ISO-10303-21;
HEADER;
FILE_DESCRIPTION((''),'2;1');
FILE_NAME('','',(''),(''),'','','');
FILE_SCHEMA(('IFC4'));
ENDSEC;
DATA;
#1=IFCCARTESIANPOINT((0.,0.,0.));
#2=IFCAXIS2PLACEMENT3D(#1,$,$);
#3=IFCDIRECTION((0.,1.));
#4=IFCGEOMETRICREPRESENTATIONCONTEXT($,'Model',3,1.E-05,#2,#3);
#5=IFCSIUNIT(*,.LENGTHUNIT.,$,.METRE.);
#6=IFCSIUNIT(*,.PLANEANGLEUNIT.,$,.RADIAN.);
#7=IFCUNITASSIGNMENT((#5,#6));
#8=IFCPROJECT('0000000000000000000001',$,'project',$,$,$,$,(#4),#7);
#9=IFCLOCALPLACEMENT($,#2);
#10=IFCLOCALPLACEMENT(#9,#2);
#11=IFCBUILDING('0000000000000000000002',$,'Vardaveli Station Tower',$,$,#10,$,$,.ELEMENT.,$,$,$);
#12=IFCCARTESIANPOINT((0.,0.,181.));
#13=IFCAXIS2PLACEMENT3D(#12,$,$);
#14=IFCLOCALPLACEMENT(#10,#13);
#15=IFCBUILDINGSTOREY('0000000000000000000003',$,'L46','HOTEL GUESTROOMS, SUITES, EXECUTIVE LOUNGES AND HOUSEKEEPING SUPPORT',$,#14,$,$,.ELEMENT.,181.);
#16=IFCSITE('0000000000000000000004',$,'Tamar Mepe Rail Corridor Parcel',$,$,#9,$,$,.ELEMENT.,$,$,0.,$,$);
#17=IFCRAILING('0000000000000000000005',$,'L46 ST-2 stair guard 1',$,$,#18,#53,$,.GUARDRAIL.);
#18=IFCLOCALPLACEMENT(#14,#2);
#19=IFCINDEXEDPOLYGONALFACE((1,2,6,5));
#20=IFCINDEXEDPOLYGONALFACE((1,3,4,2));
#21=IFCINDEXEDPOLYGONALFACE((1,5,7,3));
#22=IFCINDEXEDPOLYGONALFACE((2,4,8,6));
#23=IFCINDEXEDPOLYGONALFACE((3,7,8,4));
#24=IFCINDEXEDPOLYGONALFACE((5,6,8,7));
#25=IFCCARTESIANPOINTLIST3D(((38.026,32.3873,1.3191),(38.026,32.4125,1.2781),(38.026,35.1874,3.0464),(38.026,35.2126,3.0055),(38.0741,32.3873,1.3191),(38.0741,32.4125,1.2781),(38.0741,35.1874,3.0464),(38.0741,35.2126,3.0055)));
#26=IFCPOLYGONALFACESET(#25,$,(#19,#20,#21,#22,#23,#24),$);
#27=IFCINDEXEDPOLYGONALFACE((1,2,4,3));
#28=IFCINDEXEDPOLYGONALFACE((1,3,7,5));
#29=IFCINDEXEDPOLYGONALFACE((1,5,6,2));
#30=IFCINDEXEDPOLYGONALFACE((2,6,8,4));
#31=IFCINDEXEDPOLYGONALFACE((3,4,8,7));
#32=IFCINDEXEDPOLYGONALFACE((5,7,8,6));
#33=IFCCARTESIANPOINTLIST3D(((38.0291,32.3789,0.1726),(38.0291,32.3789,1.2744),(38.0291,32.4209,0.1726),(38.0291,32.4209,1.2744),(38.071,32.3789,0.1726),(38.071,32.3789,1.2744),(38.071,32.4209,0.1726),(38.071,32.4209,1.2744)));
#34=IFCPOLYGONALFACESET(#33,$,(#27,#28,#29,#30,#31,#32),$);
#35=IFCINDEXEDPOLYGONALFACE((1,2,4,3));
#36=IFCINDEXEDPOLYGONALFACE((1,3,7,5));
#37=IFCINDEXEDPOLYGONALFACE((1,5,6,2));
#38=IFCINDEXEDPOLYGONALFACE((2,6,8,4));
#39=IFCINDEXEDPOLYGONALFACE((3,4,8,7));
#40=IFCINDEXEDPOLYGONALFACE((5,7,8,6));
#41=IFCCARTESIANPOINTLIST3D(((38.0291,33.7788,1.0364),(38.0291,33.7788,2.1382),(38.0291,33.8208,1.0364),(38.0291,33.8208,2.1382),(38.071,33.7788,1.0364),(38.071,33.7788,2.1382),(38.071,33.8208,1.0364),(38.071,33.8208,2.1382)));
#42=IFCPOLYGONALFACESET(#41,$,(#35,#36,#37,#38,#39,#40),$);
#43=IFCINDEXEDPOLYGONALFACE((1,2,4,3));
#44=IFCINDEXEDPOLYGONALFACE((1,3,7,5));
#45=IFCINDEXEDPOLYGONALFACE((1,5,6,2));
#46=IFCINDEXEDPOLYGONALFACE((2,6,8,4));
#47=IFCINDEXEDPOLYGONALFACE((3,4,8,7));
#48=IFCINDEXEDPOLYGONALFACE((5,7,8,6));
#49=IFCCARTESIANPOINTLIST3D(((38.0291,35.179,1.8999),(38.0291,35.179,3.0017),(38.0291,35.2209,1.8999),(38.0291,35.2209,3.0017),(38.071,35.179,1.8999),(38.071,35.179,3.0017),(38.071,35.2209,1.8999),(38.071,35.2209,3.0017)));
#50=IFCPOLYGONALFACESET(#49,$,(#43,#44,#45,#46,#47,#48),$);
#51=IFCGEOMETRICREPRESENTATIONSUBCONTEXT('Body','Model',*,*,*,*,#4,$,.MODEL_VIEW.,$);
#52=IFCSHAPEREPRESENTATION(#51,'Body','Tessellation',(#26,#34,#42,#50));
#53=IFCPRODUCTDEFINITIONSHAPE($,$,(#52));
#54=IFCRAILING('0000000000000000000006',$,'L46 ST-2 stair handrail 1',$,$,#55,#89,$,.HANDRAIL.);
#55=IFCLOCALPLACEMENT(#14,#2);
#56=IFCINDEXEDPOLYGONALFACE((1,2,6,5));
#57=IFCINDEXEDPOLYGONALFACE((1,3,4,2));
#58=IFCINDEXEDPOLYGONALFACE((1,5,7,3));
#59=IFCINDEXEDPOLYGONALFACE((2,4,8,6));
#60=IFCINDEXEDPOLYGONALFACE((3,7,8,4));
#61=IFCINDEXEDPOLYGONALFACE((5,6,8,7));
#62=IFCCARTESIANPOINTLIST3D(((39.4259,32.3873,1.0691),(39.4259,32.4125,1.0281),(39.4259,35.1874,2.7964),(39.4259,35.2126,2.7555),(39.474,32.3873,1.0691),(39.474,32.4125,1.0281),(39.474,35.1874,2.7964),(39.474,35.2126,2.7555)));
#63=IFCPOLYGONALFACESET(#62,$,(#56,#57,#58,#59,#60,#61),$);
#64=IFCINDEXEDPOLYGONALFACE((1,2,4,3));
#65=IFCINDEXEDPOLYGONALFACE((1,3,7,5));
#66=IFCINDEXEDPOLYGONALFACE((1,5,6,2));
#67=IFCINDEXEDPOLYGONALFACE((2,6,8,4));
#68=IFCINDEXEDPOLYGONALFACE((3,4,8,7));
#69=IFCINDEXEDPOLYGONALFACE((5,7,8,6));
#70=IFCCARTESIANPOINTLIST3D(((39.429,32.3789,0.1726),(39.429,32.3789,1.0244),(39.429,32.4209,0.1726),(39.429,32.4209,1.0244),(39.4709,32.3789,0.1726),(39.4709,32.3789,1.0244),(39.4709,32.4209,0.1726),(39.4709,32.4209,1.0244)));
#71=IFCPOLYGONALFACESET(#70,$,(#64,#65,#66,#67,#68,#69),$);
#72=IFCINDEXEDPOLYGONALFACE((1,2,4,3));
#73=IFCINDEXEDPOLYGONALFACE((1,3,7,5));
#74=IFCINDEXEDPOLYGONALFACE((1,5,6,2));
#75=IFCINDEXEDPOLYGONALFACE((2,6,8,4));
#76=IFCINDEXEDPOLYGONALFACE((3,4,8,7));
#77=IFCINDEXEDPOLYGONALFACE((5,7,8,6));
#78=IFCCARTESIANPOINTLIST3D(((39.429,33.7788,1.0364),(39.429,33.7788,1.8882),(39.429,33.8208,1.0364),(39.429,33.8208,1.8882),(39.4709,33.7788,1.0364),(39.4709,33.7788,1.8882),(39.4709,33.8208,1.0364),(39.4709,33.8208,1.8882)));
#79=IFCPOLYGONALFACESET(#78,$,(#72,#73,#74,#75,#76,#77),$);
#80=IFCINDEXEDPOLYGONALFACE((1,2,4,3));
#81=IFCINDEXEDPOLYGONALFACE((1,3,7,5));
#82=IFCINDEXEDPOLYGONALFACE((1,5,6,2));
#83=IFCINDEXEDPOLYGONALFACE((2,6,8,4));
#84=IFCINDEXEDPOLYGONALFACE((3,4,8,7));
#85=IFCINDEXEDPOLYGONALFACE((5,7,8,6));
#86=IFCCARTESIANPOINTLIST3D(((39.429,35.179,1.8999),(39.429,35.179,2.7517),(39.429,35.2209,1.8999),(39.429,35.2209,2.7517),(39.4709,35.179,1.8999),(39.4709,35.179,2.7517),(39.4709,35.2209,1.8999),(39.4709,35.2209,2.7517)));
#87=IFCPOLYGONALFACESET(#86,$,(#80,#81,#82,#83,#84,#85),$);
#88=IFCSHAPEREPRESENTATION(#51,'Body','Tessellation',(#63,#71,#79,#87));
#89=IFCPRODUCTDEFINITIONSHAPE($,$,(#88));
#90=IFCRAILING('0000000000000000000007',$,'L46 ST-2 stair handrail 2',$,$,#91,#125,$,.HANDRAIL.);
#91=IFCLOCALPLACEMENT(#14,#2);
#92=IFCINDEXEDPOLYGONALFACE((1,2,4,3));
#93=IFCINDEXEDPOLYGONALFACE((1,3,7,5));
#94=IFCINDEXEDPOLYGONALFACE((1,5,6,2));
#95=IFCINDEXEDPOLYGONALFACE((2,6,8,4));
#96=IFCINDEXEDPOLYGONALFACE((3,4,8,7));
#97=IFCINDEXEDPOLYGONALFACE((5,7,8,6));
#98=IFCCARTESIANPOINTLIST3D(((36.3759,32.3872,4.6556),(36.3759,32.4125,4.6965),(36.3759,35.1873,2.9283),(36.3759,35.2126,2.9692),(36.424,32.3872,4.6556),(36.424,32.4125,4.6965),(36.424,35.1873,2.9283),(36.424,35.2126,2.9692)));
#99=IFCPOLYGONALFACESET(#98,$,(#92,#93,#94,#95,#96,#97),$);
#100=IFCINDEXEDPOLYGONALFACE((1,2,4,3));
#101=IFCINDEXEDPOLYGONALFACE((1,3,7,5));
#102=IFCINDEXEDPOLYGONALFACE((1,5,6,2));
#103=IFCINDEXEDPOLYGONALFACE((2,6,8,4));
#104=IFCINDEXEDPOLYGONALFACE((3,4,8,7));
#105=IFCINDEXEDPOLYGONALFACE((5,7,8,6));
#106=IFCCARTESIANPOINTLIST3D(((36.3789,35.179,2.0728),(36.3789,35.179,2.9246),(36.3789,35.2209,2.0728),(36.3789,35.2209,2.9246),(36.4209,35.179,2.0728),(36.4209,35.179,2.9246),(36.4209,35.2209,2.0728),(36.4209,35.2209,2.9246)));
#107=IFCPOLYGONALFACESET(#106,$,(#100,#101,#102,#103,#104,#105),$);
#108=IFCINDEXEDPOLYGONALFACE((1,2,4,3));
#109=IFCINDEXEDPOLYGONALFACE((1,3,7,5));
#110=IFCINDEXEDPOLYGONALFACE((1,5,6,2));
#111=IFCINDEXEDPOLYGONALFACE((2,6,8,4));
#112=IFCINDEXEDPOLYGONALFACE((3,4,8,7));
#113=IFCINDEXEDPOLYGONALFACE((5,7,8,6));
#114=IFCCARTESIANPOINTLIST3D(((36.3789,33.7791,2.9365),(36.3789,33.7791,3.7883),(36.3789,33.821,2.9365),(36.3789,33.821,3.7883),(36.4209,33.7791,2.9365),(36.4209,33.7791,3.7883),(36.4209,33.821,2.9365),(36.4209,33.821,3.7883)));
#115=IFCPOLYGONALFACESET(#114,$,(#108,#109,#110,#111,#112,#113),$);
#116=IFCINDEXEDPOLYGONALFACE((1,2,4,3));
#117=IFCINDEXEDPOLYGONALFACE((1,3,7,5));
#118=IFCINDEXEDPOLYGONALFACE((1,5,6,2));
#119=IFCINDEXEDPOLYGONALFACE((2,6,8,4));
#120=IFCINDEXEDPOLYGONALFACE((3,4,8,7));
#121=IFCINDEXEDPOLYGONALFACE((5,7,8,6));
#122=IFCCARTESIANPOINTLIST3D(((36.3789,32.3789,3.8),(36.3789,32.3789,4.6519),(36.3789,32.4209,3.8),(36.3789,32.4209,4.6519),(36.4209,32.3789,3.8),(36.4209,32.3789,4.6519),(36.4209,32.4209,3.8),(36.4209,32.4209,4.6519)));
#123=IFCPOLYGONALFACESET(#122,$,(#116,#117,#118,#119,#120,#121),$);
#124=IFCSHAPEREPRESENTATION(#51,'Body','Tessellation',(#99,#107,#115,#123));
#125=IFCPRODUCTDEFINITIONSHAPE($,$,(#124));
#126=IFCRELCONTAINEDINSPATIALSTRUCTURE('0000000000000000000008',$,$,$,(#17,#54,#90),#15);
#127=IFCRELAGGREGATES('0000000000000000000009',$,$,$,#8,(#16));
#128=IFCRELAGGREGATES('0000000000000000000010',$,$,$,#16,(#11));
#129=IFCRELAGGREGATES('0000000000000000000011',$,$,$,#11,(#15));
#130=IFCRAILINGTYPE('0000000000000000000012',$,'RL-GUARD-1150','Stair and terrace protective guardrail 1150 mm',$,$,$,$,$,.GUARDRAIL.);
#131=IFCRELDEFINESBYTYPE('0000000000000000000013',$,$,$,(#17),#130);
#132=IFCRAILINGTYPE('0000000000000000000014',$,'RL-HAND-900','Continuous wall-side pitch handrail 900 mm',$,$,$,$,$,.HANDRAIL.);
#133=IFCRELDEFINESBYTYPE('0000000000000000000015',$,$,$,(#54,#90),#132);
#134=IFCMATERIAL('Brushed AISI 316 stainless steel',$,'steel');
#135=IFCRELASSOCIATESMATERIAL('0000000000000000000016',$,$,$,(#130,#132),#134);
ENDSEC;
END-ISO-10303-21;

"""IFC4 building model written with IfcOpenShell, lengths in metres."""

from ifc_helpers import new_model, si_unit, direction, frame, origin, origin_2d, place, context, subcontext, project, spatial, rectangle, extrude, source, transform, mapped, material, type_object, element, save


model = new_model("IFC4")

# Units and contexts
model_context = context("Model", 3, precision=1e-05, world=origin(), true_north=direction((0.0, 1.0)))
body_context = subcontext(model_context, "Body", "Model", "MODEL_VIEW")
ifc_project = project(units=[si_unit("LENGTHUNIT", "METRE"), si_unit("PLANEANGLEUNIT", "RADIAN")], contexts=[model_context])

# Site, building, storey
site_placement = place(None, origin())
site = spatial("IfcSite", under=ifc_project, at=site_placement, Name="Tamar Mepe Rail Corridor Parcel", CompositionType="ELEMENT", RefElevation=0.0)
building_placement = place(site_placement, origin())
building = spatial("IfcBuilding", under=site, at=building_placement, Name="Vardaveli Station Tower", CompositionType="ELEMENT")
storey_placement = place(building_placement, frame((0.0, 0.0, 181.0)))
storey = spatial("IfcBuildingStorey", under=building, at=storey_placement, Name="L46", Description="HOTEL GUESTROOMS, SUITES, EXECUTIVE LOUNGES AND HOUSEKEEPING SUPPORT", CompositionType="ELEMENT", Elevation=181.0)

# Railings
ifc_material_1 = material(Name="Brushed AISI 316 stainless steel", Category="steel")
railing_type_1 = type_object("IfcRailingType", Name="RL-GUARD-1150", Description="Stair and terrace protective guardrail 1150 mm", PredefinedType="GUARDRAIL", material=ifc_material_1)
shared_shape_1 = source(origin(), body_context, "Body", "SweptSolid", [
    extrude(rectangle(XDim=0.0481, YDim=0.0481, at=origin_2d()), frame((0.0, 0.0, 1.126), z_axis=(0.0, 0.85109, 0.52502), x_axis=(-1.0, 0.0, 0.0)), (0.0, 0.0, 1.0), 3.29),
    extrude(rectangle(XDim=0.042, YDim=0.042, at=origin_2d()), origin(), (0.0, 0.0, 1.0), 1.1018),
    extrude(rectangle(XDim=0.042, YDim=0.042, at=origin_2d()), frame((0.0, 1.3999, 0.8638)), (0.0, 0.0, 1.0), 1.1018),
    extrude(rectangle(XDim=0.042, YDim=0.042, at=origin_2d()), frame((0.0, 2.8, 1.7273)), (0.0, 0.0, 1.0), 1.1018),
])
railing_1_placement = place(storey_placement, frame((38.05, 32.3999, 0.1726)))
element("IfcRailing", 1, at=railing_1_placement, inside=storey, type_object=railing_type_1, Name="L46 ST-2 stair guard 1", PredefinedType="GUARDRAIL", context=body_context, shape_type="MappedRepresentation", body=[
    mapped(shared_shape_1, transform((0.0, 0.0, 0.0), scale=1.0)),
])
railing_type_2 = type_object("IfcRailingType", Name="RL-HAND-900", Description="Continuous wall-side pitch handrail 900 mm", PredefinedType="HANDRAIL", material=ifc_material_1)
shared_shape_2 = source(origin(), body_context, "Body", "SweptSolid", [
    extrude(rectangle(XDim=0.0481, YDim=0.0481, at=origin_2d()), frame((0.0, 0.0, 0.876), z_axis=(0.0, 0.85109, 0.52502), x_axis=(-1.0, 0.0, 0.0)), (0.0, 0.0, 1.0), 3.29),
    extrude(rectangle(XDim=0.042, YDim=0.042, at=origin_2d()), origin(), (0.0, 0.0, 1.0), 0.8518),
    extrude(rectangle(XDim=0.042, YDim=0.042, at=origin_2d()), frame((0.0, 1.3999, 0.8638)), (0.0, 0.0, 1.0), 0.8518),
    extrude(rectangle(XDim=0.042, YDim=0.042, at=origin_2d()), frame((0.0, 2.8, 1.7273)), (0.0, 0.0, 1.0), 0.8518),
])
railing_2_placement = place(storey_placement, frame((39.45, 32.3999, 0.1726)))
element("IfcRailing", 2, at=railing_2_placement, inside=storey, type_object=railing_type_2, Name="L46 ST-2 stair handrail 1", PredefinedType="HANDRAIL", context=body_context, shape_type="MappedRepresentation", body=[
    mapped(shared_shape_2, transform((0.0, 0.0, 0.0), scale=1.0)),
])
shared_shape_3 = source(origin(), body_context, "Body", "SweptSolid", [
    extrude(rectangle(XDim=0.0481, YDim=0.0481, at=origin_2d()), frame((0.0, 0.0, 0.876), z_axis=(0.0, -0.85109, 0.52502), x_axis=(1.0, 0.0, 0.0)), (0.0, 0.0, 1.0), 3.29),
    extrude(rectangle(XDim=0.042, YDim=0.042, at=origin_2d()), origin(), (0.0, 0.0, 1.0), 0.8518),
    extrude(rectangle(XDim=0.042, YDim=0.042, at=origin_2d()), frame((0.0, -1.3999, 0.8638)), (0.0, 0.0, 1.0), 0.8518),
    extrude(rectangle(XDim=0.042, YDim=0.042, at=origin_2d()), frame((0.0, -2.8, 1.7273)), (0.0, 0.0, 1.0), 0.8518),
])
railing_3_placement = place(storey_placement, frame((36.3999, 35.2, 2.0728)))
element("IfcRailing", 3, at=railing_3_placement, inside=storey, type_object=railing_type_2, Name="L46 ST-2 stair handrail 2", PredefinedType="HANDRAIL", context=body_context, shape_type="MappedRepresentation", body=[
    mapped(shared_shape_3, transform((0.0, 0.0, 0.0), scale=1.0)),
])

save(model, "model.ifc")
